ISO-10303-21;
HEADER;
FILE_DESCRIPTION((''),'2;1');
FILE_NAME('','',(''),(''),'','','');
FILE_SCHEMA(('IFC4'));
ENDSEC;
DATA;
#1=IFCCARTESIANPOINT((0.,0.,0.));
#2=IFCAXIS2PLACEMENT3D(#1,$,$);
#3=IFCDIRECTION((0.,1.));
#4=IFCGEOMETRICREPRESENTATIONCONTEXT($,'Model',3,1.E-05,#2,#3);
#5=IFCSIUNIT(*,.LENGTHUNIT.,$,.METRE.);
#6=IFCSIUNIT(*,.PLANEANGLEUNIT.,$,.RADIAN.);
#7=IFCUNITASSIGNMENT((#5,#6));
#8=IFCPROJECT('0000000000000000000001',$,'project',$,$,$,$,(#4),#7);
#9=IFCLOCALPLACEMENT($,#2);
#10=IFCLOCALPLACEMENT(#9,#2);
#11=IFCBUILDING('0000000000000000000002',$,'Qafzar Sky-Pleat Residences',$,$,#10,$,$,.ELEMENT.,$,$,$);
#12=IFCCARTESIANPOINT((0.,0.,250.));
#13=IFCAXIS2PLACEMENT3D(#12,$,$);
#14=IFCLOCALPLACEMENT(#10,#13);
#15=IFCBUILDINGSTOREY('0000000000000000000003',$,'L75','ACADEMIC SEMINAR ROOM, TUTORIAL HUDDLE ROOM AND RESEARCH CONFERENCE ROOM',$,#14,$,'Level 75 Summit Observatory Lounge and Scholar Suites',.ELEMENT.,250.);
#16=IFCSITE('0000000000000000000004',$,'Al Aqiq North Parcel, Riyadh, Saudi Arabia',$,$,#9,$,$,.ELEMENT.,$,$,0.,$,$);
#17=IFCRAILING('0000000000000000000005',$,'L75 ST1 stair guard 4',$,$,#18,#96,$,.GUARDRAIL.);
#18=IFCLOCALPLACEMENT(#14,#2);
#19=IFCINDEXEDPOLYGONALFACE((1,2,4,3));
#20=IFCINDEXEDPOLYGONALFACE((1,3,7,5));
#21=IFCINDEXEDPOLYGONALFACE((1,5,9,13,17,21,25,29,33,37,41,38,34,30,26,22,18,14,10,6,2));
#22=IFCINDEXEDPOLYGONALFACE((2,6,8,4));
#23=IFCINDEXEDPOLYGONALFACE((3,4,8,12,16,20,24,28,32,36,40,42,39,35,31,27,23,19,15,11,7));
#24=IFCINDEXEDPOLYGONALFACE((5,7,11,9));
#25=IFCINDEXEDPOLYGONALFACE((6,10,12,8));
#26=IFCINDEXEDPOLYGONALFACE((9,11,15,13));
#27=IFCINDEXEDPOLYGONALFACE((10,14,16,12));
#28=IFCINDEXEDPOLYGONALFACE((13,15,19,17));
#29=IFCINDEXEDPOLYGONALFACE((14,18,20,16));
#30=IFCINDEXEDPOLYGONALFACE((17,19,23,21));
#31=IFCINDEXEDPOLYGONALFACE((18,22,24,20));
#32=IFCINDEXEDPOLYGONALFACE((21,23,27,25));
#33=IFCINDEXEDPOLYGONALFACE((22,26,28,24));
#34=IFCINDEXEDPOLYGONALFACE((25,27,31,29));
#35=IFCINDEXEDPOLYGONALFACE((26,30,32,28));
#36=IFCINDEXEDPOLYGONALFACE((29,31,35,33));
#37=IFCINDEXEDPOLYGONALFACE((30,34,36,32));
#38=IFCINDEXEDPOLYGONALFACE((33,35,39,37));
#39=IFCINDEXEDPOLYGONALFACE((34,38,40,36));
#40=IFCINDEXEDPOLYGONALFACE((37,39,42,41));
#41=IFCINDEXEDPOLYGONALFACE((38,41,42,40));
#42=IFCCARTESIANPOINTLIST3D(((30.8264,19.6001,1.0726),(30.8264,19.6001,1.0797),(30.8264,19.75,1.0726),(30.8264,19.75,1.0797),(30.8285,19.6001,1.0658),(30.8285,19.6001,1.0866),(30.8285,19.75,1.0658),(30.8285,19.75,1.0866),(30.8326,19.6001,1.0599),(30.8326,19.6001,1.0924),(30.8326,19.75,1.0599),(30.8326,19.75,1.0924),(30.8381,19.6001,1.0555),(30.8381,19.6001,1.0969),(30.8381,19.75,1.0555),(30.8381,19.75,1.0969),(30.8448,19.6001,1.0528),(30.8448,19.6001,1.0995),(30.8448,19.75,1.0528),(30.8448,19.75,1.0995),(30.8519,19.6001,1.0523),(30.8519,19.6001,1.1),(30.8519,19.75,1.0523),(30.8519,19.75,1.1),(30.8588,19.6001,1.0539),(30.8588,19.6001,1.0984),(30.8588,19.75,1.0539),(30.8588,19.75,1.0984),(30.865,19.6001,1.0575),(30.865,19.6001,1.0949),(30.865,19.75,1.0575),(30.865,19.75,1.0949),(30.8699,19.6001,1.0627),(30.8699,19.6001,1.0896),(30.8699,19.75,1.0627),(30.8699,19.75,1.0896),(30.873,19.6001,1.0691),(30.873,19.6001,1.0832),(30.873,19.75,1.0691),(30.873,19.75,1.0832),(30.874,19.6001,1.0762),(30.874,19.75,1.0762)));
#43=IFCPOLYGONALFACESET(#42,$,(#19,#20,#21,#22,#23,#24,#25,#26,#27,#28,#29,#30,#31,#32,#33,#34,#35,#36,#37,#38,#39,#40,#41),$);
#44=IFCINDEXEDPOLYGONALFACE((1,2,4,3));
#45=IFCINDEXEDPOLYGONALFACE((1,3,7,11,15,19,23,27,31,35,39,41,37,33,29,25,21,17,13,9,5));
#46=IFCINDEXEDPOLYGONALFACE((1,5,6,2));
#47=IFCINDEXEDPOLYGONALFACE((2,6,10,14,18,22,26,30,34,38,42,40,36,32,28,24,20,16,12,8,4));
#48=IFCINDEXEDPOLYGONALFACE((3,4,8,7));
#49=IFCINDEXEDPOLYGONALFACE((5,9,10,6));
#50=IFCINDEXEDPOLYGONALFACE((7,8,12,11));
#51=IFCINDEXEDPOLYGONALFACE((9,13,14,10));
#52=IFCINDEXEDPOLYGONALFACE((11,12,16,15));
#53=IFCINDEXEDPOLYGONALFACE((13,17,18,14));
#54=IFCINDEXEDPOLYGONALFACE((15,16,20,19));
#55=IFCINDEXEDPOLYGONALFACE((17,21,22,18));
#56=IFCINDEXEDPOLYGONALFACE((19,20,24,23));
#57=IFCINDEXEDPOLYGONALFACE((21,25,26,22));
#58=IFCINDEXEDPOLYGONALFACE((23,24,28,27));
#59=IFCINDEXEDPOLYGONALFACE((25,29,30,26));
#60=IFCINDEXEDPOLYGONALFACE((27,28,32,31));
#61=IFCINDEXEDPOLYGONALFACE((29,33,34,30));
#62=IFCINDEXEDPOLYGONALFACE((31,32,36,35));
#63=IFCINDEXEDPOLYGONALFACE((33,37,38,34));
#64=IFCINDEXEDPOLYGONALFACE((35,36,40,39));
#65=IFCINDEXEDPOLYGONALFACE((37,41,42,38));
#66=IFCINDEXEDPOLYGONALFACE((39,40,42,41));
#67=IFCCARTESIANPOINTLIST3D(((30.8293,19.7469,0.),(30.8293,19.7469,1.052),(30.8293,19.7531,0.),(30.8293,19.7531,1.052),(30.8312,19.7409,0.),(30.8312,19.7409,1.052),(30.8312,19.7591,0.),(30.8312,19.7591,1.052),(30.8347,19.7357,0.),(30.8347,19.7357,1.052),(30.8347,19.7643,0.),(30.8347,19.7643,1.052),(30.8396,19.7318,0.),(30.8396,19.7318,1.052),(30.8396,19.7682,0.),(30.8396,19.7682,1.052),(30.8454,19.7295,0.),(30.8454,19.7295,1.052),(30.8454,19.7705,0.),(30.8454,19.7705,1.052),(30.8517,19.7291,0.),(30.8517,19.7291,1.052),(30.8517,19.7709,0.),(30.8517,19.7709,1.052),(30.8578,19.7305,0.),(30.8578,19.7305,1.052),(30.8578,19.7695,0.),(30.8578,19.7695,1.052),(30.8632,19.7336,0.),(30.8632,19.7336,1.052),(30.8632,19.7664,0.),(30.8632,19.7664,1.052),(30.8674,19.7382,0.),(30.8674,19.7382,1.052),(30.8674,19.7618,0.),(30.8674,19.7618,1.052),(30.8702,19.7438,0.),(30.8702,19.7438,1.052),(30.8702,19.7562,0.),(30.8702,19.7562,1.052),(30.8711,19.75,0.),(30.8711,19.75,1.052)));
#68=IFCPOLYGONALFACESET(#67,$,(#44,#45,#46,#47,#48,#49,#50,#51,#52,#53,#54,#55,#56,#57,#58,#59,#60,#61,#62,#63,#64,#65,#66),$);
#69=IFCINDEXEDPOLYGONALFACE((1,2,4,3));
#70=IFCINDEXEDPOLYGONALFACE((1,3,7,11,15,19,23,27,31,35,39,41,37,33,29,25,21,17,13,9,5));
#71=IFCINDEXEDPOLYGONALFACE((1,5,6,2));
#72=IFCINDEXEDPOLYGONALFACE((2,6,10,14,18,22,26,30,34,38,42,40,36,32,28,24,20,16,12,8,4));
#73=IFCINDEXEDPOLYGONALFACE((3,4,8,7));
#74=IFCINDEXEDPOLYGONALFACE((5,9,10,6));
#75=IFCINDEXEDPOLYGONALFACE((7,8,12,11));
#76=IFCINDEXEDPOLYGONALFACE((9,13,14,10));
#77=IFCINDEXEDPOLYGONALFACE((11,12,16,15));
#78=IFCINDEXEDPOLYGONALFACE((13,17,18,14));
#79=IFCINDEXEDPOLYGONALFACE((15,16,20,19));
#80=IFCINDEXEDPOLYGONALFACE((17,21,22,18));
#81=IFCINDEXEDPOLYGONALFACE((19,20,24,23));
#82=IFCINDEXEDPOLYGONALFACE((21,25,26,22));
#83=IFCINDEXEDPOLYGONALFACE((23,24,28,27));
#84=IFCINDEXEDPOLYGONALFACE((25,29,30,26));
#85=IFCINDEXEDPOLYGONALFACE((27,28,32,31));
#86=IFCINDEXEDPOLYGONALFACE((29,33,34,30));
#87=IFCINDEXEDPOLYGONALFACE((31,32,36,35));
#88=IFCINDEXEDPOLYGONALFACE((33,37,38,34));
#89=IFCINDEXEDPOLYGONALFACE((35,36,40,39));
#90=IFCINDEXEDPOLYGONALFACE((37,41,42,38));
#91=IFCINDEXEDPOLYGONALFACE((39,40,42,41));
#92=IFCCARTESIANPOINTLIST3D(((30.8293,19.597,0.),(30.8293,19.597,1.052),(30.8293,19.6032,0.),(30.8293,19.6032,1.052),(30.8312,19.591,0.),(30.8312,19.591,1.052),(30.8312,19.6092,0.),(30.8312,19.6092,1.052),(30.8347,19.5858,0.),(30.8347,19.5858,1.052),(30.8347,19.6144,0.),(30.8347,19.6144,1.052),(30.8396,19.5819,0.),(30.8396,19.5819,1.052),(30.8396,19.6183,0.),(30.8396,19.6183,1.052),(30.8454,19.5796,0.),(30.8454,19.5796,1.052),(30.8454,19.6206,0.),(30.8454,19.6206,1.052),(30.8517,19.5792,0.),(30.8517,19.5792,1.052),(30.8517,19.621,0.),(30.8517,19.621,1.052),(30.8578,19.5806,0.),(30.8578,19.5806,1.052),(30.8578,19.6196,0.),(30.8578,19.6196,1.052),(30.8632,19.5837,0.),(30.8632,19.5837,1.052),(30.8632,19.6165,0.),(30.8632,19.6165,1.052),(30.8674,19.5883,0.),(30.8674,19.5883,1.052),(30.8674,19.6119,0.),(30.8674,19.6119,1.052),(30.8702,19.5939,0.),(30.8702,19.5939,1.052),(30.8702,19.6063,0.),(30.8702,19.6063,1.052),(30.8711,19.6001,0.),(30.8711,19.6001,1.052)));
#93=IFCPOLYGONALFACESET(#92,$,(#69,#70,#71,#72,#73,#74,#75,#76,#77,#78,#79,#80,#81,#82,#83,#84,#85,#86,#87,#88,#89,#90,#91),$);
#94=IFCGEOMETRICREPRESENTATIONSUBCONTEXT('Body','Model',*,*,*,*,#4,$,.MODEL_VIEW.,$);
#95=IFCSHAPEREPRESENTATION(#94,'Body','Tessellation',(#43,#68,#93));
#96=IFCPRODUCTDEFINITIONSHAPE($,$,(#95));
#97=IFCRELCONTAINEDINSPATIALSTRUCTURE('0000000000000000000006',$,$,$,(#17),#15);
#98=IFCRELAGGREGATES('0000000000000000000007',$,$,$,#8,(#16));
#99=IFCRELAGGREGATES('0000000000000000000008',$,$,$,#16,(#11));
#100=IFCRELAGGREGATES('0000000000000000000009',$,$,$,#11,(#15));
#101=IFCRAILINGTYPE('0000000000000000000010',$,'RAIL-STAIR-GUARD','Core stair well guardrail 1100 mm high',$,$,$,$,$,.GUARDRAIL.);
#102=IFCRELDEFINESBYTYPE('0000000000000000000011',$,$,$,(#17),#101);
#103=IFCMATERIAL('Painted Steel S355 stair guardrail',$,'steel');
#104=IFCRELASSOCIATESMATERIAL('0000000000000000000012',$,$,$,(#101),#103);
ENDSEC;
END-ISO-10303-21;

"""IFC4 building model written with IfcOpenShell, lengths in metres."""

from ifc_helpers import new_model, si_unit, direction, frame, origin, origin_2d, place, context, subcontext, project, spatial, circle, extrude, source, transform, mapped, material, type_object, element, save


model = new_model("IFC4")

# Units and contexts
model_context = context("Model", 3, precision=1e-05, world=origin(), true_north=direction((0.0, 1.0)))
body_context = subcontext(model_context, "Body", "Model", "MODEL_VIEW")
ifc_project = project(units=[si_unit("LENGTHUNIT", "METRE"), si_unit("PLANEANGLEUNIT", "RADIAN")], contexts=[model_context])

# Site, building, storey
site_placement = place(None, origin())
site = spatial("IfcSite", under=ifc_project, at=site_placement, Name="Al Aqiq North Parcel, Riyadh, Saudi Arabia", CompositionType="ELEMENT", RefElevation=0.0)
building_placement = place(site_placement, origin())
building = spatial("IfcBuilding", under=site, at=building_placement, Name="Qafzar Sky-Pleat Residences", CompositionType="ELEMENT")
storey_placement = place(building_placement, frame((0.0, 0.0, 250.0)))
storey = spatial("IfcBuildingStorey", under=building, at=storey_placement, Name="L75", Description="ACADEMIC SEMINAR ROOM, TUTORIAL HUDDLE ROOM AND RESEARCH CONFERENCE ROOM", LongName="Level 75 Summit Observatory Lounge and Scholar Suites", CompositionType="ELEMENT", Elevation=250.0)

# Railing
ifc_material_1 = material(Name="Painted Steel S355 stair guardrail", Category="steel")
railing_type_1 = type_object("IfcRailingType", Name="RAIL-STAIR-GUARD", Description="Core stair well guardrail 1100 mm high", PredefinedType="GUARDRAIL", material=ifc_material_1)
shared_shape_1 = source(origin(), body_context, "Body", "SweptSolid", [
    extrude(circle(Radius=0.0239, at=origin_2d()), frame((0.0, 0.0, 1.0762), z_axis=(0.0, -1.0, 0.0), x_axis=(1.0, 0.0, 0.0)), (0.0, 0.0, 1.0), 0.1499),
    extrude(circle(Radius=0.021, at=origin_2d()), origin(), (0.0, 0.0, 1.0), 1.052),
    extrude(circle(Radius=0.021, at=origin_2d()), frame((0.0, -0.1499, 0.0)), (0.0, 0.0, 1.0), 1.052),
])
for number, where, name in (
    (1, (30.8501, 19.75, 0.0), "L75 ST1 stair guard 4"),
):
    element("IfcRailing", number, at=place(storey_placement, frame(where)), inside=storey, type_object=railing_type_1, Name=name, PredefinedType="GUARDRAIL", context=body_context, shape_type="MappedRepresentation", body=[
        mapped(shared_shape_1, transform((0.0, 0.0, 0.0), x_axis=(1.0, 0.0, 0.0), y_axis=(0.0, 1.0, 0.0), z_axis=(0.0, 0.0, 1.0), scale=1.0)),
    ])

save(model, "model.ifc")
